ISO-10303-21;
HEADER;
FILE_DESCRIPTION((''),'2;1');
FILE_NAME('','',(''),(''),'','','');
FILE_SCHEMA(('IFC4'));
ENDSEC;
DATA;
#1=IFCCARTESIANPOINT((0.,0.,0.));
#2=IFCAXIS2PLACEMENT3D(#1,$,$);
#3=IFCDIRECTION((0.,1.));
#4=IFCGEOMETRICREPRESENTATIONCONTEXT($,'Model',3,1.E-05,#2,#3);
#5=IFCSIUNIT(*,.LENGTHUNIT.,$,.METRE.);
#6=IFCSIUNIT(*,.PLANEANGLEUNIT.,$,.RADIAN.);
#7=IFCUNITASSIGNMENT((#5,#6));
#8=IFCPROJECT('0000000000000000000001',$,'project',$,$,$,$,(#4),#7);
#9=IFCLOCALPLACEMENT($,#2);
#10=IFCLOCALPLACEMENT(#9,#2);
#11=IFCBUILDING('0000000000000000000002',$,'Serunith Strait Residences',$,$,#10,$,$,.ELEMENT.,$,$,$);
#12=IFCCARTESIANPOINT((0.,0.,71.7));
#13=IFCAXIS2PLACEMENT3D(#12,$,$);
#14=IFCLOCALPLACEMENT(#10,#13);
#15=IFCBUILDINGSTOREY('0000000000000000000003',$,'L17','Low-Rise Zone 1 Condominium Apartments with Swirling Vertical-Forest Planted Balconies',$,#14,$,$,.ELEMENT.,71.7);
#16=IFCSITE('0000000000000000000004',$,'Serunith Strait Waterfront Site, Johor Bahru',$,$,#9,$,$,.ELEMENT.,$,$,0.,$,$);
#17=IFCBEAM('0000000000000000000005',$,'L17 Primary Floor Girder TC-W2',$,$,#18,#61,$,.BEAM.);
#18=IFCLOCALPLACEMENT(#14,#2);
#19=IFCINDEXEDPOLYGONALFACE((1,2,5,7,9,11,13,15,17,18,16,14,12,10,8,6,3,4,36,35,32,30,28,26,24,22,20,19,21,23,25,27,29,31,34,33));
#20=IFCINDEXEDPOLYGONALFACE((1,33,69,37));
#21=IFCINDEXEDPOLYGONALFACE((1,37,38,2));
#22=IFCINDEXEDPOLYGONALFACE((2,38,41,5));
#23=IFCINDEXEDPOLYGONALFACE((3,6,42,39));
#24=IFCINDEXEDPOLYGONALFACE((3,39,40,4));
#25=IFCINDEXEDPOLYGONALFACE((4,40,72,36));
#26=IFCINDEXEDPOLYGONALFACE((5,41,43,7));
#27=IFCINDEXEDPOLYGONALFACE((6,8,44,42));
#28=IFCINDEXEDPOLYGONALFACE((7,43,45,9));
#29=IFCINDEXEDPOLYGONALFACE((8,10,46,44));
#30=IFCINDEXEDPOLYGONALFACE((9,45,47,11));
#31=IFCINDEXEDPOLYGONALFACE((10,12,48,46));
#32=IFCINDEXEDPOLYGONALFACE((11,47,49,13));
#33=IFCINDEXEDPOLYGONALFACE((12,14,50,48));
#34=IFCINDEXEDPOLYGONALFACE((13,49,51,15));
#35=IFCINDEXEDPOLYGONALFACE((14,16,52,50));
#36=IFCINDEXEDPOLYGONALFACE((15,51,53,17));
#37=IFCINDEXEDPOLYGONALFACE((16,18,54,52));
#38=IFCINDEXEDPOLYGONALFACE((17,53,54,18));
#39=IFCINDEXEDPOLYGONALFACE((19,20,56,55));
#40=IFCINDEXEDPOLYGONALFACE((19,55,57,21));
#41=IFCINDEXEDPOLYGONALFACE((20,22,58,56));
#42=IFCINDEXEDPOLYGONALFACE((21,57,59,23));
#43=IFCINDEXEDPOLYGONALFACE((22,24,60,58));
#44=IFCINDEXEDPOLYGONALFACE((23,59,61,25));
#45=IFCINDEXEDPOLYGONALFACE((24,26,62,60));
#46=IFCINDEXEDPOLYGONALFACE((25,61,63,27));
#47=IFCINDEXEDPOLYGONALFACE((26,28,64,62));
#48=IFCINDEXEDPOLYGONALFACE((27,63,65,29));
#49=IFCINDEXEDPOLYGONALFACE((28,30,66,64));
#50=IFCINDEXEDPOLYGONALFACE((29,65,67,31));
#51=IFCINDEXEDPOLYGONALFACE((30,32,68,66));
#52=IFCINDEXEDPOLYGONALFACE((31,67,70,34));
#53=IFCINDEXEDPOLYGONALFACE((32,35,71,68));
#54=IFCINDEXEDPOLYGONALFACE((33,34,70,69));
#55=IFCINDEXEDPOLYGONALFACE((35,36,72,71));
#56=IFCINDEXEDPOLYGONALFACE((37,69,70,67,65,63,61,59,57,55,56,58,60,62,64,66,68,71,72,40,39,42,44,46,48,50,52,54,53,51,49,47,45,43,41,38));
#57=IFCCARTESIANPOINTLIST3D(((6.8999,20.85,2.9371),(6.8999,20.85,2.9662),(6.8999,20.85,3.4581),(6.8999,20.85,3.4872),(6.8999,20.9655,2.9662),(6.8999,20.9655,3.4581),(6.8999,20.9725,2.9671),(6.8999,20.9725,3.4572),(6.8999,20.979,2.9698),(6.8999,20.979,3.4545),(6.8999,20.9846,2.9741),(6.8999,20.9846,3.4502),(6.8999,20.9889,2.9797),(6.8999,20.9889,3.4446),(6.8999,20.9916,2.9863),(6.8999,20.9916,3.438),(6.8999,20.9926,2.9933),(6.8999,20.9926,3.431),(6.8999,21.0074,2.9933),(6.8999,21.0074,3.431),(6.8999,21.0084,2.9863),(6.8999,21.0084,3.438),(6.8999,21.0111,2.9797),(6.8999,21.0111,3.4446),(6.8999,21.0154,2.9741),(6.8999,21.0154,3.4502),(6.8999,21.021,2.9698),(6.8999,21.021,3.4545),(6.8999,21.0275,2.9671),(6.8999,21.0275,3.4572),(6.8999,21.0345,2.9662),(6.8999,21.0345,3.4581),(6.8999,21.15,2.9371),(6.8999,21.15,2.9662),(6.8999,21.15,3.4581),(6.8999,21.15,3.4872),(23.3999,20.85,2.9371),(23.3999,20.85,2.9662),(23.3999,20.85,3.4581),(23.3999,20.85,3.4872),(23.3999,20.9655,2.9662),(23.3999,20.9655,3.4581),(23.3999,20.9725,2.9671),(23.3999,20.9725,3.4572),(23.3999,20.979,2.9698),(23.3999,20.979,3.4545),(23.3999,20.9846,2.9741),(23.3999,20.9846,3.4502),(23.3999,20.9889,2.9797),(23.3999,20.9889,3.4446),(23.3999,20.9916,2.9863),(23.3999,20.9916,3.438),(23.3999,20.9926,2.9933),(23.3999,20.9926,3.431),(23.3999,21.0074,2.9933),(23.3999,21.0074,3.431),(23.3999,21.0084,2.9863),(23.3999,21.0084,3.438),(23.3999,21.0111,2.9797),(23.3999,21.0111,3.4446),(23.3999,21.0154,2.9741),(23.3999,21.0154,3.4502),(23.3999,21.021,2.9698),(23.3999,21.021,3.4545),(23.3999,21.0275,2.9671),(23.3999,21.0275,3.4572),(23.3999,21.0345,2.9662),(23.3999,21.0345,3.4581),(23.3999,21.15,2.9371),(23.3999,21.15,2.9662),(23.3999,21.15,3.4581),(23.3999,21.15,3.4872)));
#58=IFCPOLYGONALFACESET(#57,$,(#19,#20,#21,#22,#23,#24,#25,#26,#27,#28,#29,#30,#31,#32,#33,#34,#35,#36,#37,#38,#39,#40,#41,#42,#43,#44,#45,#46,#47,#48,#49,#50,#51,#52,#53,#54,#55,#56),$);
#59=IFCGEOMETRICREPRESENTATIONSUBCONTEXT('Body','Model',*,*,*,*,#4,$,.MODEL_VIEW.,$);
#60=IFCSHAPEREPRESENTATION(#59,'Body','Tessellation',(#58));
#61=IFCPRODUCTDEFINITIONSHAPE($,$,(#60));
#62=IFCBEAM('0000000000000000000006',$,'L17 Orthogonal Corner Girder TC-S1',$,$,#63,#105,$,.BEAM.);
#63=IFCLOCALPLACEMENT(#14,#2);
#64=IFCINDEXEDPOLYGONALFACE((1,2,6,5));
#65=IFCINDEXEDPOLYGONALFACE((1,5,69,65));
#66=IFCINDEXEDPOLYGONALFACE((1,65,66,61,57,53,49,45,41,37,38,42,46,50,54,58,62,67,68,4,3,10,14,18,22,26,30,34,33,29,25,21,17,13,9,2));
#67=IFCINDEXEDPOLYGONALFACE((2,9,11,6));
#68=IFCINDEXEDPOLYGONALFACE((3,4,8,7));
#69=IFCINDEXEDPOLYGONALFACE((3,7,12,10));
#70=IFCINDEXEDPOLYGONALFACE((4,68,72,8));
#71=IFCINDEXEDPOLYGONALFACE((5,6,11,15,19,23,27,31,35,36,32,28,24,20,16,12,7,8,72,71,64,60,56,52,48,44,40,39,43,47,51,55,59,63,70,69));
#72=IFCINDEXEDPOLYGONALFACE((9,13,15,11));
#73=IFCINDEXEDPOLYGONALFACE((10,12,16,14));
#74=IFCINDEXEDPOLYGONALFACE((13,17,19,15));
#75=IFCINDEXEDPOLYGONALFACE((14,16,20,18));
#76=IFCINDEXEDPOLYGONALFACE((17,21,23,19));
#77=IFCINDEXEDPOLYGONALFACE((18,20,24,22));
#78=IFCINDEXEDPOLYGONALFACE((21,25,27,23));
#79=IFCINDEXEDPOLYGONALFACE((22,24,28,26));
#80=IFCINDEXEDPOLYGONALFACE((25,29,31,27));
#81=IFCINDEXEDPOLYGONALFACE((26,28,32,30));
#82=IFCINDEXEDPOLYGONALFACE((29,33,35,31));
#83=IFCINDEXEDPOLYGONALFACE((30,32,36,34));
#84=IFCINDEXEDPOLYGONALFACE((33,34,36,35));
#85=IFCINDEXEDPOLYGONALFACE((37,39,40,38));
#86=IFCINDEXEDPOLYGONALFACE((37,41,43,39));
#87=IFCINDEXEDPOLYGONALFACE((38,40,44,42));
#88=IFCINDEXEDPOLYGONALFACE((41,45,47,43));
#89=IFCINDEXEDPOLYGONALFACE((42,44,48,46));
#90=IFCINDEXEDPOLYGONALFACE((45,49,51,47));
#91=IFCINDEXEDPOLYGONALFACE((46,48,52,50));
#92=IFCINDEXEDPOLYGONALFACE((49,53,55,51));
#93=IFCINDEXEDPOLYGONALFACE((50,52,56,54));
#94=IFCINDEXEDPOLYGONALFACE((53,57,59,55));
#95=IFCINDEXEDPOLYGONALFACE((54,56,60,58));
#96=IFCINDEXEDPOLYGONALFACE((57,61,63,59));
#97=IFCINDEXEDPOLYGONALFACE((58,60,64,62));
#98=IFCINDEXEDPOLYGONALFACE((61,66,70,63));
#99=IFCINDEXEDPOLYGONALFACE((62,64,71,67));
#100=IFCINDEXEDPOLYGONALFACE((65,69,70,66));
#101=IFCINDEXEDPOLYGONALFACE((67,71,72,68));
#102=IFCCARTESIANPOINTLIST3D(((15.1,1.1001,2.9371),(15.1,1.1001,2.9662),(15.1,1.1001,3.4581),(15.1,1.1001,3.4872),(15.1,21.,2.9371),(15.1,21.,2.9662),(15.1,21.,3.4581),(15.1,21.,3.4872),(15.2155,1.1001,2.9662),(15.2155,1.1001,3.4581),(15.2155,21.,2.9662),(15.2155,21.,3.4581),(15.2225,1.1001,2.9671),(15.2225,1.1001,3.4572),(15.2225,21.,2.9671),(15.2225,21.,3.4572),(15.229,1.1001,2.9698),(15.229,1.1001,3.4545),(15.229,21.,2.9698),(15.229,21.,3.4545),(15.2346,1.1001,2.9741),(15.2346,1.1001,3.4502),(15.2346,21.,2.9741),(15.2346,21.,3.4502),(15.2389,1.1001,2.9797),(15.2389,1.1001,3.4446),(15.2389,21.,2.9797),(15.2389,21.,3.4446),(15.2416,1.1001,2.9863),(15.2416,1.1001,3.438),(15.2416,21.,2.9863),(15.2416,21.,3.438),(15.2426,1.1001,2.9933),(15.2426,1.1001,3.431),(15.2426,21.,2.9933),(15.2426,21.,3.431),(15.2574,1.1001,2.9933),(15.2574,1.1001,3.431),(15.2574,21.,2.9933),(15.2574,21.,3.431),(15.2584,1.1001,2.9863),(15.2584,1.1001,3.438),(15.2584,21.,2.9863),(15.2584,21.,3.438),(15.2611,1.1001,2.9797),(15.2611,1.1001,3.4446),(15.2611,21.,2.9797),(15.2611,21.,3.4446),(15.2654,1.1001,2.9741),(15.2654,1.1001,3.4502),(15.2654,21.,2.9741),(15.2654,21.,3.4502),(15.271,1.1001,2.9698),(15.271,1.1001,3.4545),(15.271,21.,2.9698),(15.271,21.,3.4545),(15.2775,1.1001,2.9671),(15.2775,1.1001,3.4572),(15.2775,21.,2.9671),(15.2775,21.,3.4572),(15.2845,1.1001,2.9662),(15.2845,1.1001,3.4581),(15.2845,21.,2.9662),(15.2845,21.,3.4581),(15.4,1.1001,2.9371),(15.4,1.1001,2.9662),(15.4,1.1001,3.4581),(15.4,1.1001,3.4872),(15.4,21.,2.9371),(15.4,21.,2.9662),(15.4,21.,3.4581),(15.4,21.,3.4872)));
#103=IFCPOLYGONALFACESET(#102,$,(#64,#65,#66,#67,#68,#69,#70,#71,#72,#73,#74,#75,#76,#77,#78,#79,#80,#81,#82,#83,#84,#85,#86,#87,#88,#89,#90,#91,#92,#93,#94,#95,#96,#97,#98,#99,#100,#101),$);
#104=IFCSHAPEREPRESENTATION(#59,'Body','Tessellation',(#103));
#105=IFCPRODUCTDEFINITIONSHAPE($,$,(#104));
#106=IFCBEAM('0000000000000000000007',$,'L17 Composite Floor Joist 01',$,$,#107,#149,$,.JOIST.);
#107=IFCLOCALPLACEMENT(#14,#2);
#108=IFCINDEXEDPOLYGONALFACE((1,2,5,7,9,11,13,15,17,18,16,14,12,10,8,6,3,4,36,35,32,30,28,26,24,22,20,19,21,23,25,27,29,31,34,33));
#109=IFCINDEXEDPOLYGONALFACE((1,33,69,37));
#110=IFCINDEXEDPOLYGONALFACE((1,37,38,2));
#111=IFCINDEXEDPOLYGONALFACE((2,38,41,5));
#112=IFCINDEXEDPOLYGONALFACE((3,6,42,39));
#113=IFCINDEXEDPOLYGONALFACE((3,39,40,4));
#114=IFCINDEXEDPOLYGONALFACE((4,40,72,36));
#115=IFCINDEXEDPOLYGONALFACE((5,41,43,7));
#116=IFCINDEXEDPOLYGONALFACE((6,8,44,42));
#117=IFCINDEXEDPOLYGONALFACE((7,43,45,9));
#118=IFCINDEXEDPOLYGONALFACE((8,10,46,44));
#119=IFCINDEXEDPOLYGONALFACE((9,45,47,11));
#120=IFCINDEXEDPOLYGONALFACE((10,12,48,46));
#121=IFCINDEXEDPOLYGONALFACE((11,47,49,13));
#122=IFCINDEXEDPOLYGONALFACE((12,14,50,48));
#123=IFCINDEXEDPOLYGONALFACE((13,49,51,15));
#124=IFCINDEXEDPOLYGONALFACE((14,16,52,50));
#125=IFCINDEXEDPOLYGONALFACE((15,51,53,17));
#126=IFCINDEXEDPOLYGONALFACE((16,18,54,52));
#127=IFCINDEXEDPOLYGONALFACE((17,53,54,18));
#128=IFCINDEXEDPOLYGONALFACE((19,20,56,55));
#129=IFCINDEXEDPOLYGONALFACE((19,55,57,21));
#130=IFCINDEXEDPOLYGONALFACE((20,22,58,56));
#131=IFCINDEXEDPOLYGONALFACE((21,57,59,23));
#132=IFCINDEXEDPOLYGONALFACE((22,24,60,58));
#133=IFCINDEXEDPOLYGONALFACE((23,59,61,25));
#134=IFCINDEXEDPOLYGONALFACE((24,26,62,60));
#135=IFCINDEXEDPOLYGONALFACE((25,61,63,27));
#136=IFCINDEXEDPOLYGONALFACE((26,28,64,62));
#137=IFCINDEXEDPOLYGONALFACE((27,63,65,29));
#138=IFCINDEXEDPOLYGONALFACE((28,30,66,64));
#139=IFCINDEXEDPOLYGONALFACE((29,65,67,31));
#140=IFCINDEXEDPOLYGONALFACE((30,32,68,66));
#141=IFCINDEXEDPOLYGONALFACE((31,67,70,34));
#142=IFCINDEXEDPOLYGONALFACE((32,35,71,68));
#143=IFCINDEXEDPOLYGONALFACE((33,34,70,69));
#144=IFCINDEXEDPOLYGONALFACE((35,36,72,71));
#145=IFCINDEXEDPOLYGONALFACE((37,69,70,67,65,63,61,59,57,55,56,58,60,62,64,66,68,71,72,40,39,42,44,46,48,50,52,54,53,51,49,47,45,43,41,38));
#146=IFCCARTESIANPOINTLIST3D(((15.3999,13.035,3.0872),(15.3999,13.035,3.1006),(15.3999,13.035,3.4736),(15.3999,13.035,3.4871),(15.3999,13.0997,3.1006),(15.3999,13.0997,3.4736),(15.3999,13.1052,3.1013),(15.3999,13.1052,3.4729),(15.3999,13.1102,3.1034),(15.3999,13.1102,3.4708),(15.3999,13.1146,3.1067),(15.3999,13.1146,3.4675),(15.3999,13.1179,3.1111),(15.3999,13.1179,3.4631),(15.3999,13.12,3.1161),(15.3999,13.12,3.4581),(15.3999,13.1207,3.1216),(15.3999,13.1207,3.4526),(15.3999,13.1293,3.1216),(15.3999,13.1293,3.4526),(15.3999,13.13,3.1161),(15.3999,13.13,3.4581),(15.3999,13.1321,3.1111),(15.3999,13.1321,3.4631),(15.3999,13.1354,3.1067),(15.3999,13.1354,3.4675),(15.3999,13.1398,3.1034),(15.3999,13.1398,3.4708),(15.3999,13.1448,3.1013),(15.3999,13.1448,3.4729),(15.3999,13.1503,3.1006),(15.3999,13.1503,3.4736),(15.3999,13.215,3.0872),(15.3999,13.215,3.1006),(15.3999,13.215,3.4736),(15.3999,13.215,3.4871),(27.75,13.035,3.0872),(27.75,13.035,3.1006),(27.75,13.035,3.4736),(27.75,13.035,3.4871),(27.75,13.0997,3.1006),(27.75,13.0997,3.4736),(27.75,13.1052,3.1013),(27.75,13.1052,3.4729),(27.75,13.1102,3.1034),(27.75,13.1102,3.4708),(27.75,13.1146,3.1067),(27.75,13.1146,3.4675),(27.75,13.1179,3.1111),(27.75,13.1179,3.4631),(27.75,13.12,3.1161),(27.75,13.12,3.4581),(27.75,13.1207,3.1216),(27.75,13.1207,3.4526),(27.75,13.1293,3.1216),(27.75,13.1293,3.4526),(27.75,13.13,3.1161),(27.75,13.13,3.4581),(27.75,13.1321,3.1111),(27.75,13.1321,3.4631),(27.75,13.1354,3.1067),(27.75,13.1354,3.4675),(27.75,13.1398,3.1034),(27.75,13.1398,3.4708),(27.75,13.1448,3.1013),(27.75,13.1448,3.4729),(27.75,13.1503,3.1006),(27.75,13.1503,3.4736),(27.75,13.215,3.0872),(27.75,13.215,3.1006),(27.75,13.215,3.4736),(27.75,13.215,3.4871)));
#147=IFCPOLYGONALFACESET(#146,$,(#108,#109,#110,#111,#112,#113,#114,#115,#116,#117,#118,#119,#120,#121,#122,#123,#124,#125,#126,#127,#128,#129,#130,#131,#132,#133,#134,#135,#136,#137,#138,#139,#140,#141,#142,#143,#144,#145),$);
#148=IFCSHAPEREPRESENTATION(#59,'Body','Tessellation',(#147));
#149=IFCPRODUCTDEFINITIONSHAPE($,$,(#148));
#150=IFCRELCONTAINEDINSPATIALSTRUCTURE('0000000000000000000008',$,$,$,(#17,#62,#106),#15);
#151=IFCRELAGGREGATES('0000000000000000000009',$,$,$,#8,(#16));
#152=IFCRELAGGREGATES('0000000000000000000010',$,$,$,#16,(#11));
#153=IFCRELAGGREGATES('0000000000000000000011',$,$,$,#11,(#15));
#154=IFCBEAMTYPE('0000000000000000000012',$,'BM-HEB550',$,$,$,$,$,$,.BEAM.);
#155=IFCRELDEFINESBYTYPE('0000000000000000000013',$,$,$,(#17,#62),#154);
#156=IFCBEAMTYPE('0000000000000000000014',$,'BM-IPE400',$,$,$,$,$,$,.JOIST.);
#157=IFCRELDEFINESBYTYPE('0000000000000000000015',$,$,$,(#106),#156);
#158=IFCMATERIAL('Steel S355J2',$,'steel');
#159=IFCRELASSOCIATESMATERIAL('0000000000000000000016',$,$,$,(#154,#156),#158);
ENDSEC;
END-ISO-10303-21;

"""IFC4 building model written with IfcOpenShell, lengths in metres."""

from ifc_helpers import new_model, si_unit, direction, frame, origin, origin_2d, place, context, subcontext, project, spatial, i_section, extrude, source, transform, mapped, material, material_profile, profile_set, type_object, element, save


model = new_model("IFC4")

# Units and contexts
model_context = context("Model", 3, precision=1e-05, world=origin(), true_north=direction((0.0, 1.0)))
body_context = subcontext(model_context, "Body", "Model", "MODEL_VIEW")
ifc_project = project(units=[si_unit("LENGTHUNIT", "METRE"), si_unit("PLANEANGLEUNIT", "RADIAN")], contexts=[model_context])

# Site, building, storey
site_placement = place(None, origin())
site = spatial("IfcSite", under=ifc_project, at=site_placement, Name="Serunith Strait Waterfront Site, Johor Bahru", CompositionType="ELEMENT", RefElevation=0.0)
building_placement = place(site_placement, origin())
building = spatial("IfcBuilding", under=site, at=building_placement, Name="Serunith Strait Residences", CompositionType="ELEMENT")
storey_placement = place(building_placement, frame((0.0, 0.0, 71.7)))
storey = spatial("IfcBuildingStorey", under=building, at=storey_placement, Name="L17", Description="Low-Rise Zone 1 Condominium Apartments with Swirling Vertical-Forest Planted Balconies", CompositionType="ELEMENT", Elevation=71.7)

# Beams
ifc_material_1 = material(Name="Steel S355J2", Category="steel")
ifc_material_profile_1 = material_profile(ifc_material_1, i_section(OverallWidth=0.3, OverallDepth=0.55, WebThickness=0.0149, FlangeThickness=0.0291, FilletRadius=0.0271, at=origin_2d()), Name="HEB 550")
ifc_profile_set_1 = profile_set([ifc_material_profile_1], Name="Steel S355J2")
beam_type_1 = type_object("IfcBeamType", Name="BM-HEB550", PredefinedType="BEAM", material=ifc_profile_set_1)
shared_shape_1 = source(origin(), body_context, "Body", "SweptSolid", [
    extrude(i_section(OverallWidth=0.3, OverallDepth=0.55, WebThickness=0.0149, FlangeThickness=0.0291, FilletRadius=0.0271, at=origin_2d()), origin(), (0.0, 0.0, 1.0), 16.5),
])
beam_1_placement = place(storey_placement, frame((23.3999, 21.0, 3.2122), z_axis=(-1.0, 0.0, 0.0), x_axis=(0.0, -1.0, 0.0)))
element("IfcBeam", 1, at=beam_1_placement, inside=storey, type_object=beam_type_1, Name="L17 Primary Floor Girder TC-W2", PredefinedType="BEAM", context=body_context, shape_type="MappedRepresentation", body=[
    mapped(shared_shape_1, transform((0.0, 0.0, 0.0), scale=1.0)),
])
shared_shape_2 = source(origin(), body_context, "Body", "SweptSolid", [
    extrude(i_section(OverallWidth=0.3, OverallDepth=0.55, WebThickness=0.0149, FlangeThickness=0.0291, FilletRadius=0.0271, at=origin_2d()), origin(), (0.0, 0.0, 1.0), 19.8999),
])
beam_2_placement = place(storey_placement, frame((15.25, 21.0, 3.2122), z_axis=(0.0, -1.0, 0.0), x_axis=(1.0, 0.0, 0.0)))
element("IfcBeam", 2, at=beam_2_placement, inside=storey, type_object=beam_type_1, Name="L17 Orthogonal Corner Girder TC-S1", PredefinedType="BEAM", context=body_context, shape_type="MappedRepresentation", body=[
    mapped(shared_shape_2, transform((0.0, 0.0, 0.0), scale=1.0)),
])
ifc_material_profile_2 = material_profile(ifc_material_1, i_section(OverallWidth=0.1799, OverallDepth=0.3999, WebThickness=0.0085, FlangeThickness=0.0134, FilletRadius=0.021, at=origin_2d()), Name="IPE 400")
ifc_profile_set_2 = profile_set([ifc_material_profile_2], Name="Steel S355J2")
beam_type_2 = type_object("IfcBeamType", Name="BM-IPE400", PredefinedType="JOIST", material=ifc_profile_set_2)
shared_shape_3 = source(origin(), body_context, "Body", "SweptSolid", [
    extrude(i_section(OverallWidth=0.1799, OverallDepth=0.3999, WebThickness=0.0085, FlangeThickness=0.0134, FilletRadius=0.021, at=origin_2d()), origin(), (0.0, 0.0, 1.0), 12.3501),
])
beam_3_placement = place(storey_placement, frame((15.3999, 13.125, 3.2871), z_axis=(1.0, 0.0, 0.0), x_axis=(0.0, 1.0, 0.0)))
element("IfcBeam", 3, at=beam_3_placement, inside=storey, type_object=beam_type_2, Name="L17 Composite Floor Joist 01", PredefinedType="JOIST", context=body_context, shape_type="MappedRepresentation", body=[
    mapped(shared_shape_3, transform((0.0, 0.0, 0.0), scale=1.0)),
])

save(model, "model.ifc")
